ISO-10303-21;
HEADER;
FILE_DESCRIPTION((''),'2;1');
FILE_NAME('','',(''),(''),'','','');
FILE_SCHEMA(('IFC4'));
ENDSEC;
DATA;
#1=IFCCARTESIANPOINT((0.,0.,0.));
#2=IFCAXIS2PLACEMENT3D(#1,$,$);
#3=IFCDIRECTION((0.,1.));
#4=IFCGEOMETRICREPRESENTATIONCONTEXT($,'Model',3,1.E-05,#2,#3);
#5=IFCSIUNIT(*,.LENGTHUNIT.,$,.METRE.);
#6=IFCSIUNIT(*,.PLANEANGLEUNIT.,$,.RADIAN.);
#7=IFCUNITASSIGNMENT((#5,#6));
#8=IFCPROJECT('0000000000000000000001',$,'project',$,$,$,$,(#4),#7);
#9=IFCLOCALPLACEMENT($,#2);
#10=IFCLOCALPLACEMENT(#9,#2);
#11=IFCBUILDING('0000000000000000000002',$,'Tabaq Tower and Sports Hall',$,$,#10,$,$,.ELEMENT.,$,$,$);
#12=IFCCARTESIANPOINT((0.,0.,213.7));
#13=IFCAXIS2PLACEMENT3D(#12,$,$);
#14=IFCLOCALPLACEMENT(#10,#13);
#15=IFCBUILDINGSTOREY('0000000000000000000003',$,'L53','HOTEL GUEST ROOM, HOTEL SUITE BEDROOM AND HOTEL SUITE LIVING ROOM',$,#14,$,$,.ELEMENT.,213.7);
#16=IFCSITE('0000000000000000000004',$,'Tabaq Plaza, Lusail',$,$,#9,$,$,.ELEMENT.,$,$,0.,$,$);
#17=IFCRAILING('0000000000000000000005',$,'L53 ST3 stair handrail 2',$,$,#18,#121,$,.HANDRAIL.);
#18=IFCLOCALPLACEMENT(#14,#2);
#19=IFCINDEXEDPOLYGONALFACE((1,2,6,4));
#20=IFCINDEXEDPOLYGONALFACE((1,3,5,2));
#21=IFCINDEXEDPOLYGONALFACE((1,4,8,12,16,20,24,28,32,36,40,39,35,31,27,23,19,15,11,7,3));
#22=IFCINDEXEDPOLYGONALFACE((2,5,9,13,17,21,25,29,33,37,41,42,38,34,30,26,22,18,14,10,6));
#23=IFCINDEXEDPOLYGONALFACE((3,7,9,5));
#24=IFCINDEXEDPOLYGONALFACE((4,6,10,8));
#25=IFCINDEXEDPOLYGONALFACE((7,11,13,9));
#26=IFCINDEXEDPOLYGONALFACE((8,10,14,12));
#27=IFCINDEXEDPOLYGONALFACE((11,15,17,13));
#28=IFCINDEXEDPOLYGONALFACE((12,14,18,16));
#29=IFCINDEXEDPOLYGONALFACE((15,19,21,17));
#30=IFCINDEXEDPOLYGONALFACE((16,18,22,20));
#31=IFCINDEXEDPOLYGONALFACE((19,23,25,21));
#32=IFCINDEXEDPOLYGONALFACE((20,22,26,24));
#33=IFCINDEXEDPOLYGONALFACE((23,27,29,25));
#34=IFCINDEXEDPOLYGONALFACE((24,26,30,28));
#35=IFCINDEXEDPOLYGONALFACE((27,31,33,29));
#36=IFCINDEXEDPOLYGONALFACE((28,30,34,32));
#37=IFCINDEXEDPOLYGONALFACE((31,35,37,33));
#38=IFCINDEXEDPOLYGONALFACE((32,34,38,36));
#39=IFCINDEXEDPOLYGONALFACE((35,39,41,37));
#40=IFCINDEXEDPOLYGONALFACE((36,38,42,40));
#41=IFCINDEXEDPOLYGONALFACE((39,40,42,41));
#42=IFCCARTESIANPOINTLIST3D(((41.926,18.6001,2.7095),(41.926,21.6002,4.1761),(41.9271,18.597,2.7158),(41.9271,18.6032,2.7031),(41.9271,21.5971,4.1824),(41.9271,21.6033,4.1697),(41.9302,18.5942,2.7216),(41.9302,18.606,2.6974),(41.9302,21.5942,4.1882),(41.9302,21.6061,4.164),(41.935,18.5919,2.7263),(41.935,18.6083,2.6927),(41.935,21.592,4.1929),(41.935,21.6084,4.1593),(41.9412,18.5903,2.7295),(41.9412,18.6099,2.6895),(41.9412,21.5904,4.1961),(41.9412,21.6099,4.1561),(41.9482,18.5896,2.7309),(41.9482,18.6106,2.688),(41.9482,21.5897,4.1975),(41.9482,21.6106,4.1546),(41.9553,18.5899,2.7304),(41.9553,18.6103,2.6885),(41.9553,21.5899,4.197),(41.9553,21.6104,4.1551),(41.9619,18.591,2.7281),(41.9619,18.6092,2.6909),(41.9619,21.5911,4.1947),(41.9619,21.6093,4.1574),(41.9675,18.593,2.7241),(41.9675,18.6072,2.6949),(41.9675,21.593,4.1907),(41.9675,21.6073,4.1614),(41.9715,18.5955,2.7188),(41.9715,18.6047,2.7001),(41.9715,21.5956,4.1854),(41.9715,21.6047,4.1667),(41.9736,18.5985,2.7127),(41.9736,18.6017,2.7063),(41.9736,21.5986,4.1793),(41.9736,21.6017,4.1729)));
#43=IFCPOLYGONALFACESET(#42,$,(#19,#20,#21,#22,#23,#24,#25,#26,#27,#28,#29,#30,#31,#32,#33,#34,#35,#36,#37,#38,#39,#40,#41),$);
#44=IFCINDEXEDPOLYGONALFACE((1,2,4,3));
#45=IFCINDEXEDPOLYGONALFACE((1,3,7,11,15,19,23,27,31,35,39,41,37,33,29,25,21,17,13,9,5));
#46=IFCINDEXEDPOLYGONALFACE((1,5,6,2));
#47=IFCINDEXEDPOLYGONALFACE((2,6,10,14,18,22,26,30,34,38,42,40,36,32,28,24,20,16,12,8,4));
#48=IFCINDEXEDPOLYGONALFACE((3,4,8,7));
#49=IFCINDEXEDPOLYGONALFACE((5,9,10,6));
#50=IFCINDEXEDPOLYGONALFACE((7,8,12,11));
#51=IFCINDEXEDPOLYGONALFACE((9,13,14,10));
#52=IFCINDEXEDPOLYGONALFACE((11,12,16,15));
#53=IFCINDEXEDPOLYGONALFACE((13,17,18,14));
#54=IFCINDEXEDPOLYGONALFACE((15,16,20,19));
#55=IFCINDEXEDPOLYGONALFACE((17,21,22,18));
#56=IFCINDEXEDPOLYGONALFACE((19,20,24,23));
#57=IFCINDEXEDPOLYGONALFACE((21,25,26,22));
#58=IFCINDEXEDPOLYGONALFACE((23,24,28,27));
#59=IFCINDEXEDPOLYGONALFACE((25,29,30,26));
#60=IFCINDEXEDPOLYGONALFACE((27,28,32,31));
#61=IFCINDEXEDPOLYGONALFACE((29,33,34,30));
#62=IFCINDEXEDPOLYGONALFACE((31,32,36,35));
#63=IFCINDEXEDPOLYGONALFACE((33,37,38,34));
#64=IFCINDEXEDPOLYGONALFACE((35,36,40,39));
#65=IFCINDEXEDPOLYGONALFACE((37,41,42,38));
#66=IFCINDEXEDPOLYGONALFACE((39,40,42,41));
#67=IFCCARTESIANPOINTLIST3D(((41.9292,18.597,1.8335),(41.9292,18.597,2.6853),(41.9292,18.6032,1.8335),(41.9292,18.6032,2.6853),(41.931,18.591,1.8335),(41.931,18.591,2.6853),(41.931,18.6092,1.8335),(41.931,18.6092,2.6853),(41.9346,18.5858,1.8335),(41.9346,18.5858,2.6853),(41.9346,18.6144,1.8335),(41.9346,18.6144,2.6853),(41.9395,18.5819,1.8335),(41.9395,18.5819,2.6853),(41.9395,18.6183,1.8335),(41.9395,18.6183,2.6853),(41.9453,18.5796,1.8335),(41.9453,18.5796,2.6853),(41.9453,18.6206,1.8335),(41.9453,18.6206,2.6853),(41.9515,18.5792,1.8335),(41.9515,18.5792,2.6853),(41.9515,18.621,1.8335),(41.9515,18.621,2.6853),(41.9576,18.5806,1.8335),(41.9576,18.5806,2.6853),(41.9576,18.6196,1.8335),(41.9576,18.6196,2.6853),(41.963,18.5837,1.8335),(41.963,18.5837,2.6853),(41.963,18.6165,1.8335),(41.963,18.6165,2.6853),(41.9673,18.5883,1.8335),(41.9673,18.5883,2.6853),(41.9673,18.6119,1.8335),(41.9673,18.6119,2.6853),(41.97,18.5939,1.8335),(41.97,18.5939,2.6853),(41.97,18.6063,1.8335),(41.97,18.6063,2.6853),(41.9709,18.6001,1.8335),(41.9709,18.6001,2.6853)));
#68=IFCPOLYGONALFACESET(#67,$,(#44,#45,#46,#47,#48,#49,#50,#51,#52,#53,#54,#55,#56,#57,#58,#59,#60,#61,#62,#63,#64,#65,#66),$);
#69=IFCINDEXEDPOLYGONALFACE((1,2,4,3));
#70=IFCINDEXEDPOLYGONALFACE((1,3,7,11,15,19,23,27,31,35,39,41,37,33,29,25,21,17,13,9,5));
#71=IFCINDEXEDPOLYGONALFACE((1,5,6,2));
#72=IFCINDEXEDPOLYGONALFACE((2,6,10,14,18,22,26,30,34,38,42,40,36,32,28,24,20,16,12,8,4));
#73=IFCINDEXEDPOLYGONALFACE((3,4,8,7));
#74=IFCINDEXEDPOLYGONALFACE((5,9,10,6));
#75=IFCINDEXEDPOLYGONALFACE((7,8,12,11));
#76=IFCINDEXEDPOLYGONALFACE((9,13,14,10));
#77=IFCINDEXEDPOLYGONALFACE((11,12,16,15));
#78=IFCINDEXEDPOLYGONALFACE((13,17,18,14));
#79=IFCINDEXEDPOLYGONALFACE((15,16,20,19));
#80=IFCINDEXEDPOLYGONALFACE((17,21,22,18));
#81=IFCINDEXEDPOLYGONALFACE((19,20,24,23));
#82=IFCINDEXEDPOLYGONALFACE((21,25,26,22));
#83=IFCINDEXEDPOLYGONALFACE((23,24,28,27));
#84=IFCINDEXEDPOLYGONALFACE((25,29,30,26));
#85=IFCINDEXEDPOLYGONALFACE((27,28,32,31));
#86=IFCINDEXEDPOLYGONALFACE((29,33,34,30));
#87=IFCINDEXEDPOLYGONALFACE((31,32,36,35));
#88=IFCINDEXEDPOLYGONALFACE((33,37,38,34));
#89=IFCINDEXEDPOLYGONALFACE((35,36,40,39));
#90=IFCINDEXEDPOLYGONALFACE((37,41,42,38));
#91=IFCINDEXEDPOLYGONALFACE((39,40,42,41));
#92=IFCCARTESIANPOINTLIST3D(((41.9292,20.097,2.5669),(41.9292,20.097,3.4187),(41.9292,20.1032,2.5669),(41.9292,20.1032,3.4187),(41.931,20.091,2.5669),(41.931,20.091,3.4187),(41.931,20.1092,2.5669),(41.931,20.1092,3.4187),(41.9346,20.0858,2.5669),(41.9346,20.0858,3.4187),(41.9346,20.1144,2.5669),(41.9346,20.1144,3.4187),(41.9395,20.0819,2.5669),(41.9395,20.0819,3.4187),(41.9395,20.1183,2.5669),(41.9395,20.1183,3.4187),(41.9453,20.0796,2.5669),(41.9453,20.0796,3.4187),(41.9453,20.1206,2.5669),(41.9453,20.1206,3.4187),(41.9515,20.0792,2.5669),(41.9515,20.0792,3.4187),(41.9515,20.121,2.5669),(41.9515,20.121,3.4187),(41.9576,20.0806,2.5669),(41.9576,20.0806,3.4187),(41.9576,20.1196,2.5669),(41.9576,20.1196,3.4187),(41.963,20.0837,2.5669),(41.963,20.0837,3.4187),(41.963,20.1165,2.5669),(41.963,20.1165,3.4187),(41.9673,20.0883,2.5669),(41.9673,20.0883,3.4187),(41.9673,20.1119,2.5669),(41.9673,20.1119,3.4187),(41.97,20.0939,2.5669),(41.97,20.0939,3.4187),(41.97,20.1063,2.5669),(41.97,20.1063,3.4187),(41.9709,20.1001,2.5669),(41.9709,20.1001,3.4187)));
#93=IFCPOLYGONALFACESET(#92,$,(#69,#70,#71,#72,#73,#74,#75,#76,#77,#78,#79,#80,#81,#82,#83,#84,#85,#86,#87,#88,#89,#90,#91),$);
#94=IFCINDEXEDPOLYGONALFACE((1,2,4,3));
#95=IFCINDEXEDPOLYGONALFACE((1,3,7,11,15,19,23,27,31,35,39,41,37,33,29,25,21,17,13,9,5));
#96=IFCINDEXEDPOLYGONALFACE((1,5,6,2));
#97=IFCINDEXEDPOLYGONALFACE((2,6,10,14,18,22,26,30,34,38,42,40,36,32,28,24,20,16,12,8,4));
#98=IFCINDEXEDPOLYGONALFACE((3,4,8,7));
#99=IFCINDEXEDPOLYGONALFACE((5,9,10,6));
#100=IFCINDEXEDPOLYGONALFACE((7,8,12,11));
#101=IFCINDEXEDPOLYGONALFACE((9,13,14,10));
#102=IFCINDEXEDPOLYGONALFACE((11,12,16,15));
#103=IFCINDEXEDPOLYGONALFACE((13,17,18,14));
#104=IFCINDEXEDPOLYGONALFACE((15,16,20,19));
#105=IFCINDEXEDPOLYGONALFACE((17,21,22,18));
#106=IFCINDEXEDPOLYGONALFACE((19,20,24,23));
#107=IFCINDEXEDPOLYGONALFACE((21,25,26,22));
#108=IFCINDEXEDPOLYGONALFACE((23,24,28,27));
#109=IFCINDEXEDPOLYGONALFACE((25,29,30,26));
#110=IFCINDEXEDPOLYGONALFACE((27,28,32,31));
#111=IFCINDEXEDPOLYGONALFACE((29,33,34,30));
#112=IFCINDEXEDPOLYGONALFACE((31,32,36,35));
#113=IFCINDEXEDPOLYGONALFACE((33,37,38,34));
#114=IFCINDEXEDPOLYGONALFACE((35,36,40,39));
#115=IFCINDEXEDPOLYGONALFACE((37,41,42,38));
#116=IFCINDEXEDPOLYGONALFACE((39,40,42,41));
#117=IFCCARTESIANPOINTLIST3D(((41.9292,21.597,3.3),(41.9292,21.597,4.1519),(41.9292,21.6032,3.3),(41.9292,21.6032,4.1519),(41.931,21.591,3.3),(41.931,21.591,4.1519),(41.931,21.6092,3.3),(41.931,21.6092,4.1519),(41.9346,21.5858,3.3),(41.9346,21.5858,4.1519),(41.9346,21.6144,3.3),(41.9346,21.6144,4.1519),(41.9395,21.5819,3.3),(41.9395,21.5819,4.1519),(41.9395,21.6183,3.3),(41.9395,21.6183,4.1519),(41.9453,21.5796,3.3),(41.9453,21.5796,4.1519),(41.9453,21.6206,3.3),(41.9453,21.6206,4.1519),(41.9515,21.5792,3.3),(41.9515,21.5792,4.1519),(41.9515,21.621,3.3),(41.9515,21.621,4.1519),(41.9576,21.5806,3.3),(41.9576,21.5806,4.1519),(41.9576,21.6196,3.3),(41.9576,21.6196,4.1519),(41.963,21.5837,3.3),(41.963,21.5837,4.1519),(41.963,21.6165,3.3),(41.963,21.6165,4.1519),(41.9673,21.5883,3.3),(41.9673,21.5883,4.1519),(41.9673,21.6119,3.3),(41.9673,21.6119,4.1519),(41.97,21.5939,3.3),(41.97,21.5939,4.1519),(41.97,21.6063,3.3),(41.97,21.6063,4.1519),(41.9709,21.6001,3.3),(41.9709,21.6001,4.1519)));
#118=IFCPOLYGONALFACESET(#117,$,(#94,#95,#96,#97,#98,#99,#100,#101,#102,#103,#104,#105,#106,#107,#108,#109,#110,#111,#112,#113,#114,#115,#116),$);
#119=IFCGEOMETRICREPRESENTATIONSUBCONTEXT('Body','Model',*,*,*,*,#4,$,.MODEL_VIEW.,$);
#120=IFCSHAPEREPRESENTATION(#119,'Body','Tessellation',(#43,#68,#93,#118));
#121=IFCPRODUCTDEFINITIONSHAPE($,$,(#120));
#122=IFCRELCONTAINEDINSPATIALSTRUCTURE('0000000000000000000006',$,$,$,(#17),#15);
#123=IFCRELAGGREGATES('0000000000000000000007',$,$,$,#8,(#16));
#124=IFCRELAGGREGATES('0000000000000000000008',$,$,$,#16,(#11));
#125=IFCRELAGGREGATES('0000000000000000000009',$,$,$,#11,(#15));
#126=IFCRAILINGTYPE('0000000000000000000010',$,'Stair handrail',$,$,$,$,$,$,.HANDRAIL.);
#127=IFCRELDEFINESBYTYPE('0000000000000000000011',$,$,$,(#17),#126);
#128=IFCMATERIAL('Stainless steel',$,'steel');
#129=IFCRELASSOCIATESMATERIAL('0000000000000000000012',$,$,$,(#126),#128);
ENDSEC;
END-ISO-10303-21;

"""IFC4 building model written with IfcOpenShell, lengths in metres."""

from ifc_helpers import new_model, si_unit, direction, frame, origin, origin_2d, place, context, subcontext, project, spatial, circle, extrude, material, type_object, element, save


model = new_model("IFC4")

# Units and contexts
model_context = context("Model", 3, precision=1e-05, world=origin(), true_north=direction((0.0, 1.0)))
body_context = subcontext(model_context, "Body", "Model", "MODEL_VIEW")
ifc_project = project(units=[si_unit("LENGTHUNIT", "METRE"), si_unit("PLANEANGLEUNIT", "RADIAN")], contexts=[model_context])

# Site, building, storey
site_placement = place(None, origin())
site = spatial("IfcSite", under=ifc_project, at=site_placement, Name="Tabaq Plaza, Lusail", CompositionType="ELEMENT", RefElevation=0.0)
building_placement = place(site_placement, origin())
building = spatial("IfcBuilding", under=site, at=building_placement, Name="Tabaq Tower and Sports Hall", CompositionType="ELEMENT")
storey_placement = place(building_placement, frame((0.0, 0.0, 213.7)))
storey = spatial("IfcBuildingStorey", under=building, at=storey_placement, Name="L53", Description="HOTEL GUEST ROOM, HOTEL SUITE BEDROOM AND HOTEL SUITE LIVING ROOM", CompositionType="ELEMENT", Elevation=213.7)

# Railing
ifc_material_1 = material(Name="Stainless steel", Category="steel")
railing_type_1 = type_object("IfcRailingType", Name="Stair handrail", PredefinedType="HANDRAIL", material=ifc_material_1)
railing_1_placement = place(storey_placement, frame((41.95, 18.6001, 1.8335)))
element("IfcRailing", 1, at=railing_1_placement, inside=storey, type_object=railing_type_1, Name="L53 ST3 stair handrail 2", PredefinedType="HANDRAIL", context=body_context, shape_type="SweptSolid", body=[
    extrude(circle(Radius=0.0239, at=origin_2d()), frame((0.0, 0.0, 0.876), z_axis=(0.0, 0.898398, 0.439183), x_axis=(-1.0, 0.0, 0.0)), (0.0, 0.0, 1.0), 3.3394),
    extrude(circle(Radius=0.021, at=origin_2d()), origin(), (0.0, 0.0, 1.0), 0.8518),
    extrude(circle(Radius=0.021, at=origin_2d()), frame((0.0, 1.5, 0.7334)), (0.0, 0.0, 1.0), 0.8518),
    extrude(circle(Radius=0.021, at=origin_2d()), frame((0.0, 3.0, 1.4666)), (0.0, 0.0, 1.0), 0.8518),
])

save(model, "model.ifc")
